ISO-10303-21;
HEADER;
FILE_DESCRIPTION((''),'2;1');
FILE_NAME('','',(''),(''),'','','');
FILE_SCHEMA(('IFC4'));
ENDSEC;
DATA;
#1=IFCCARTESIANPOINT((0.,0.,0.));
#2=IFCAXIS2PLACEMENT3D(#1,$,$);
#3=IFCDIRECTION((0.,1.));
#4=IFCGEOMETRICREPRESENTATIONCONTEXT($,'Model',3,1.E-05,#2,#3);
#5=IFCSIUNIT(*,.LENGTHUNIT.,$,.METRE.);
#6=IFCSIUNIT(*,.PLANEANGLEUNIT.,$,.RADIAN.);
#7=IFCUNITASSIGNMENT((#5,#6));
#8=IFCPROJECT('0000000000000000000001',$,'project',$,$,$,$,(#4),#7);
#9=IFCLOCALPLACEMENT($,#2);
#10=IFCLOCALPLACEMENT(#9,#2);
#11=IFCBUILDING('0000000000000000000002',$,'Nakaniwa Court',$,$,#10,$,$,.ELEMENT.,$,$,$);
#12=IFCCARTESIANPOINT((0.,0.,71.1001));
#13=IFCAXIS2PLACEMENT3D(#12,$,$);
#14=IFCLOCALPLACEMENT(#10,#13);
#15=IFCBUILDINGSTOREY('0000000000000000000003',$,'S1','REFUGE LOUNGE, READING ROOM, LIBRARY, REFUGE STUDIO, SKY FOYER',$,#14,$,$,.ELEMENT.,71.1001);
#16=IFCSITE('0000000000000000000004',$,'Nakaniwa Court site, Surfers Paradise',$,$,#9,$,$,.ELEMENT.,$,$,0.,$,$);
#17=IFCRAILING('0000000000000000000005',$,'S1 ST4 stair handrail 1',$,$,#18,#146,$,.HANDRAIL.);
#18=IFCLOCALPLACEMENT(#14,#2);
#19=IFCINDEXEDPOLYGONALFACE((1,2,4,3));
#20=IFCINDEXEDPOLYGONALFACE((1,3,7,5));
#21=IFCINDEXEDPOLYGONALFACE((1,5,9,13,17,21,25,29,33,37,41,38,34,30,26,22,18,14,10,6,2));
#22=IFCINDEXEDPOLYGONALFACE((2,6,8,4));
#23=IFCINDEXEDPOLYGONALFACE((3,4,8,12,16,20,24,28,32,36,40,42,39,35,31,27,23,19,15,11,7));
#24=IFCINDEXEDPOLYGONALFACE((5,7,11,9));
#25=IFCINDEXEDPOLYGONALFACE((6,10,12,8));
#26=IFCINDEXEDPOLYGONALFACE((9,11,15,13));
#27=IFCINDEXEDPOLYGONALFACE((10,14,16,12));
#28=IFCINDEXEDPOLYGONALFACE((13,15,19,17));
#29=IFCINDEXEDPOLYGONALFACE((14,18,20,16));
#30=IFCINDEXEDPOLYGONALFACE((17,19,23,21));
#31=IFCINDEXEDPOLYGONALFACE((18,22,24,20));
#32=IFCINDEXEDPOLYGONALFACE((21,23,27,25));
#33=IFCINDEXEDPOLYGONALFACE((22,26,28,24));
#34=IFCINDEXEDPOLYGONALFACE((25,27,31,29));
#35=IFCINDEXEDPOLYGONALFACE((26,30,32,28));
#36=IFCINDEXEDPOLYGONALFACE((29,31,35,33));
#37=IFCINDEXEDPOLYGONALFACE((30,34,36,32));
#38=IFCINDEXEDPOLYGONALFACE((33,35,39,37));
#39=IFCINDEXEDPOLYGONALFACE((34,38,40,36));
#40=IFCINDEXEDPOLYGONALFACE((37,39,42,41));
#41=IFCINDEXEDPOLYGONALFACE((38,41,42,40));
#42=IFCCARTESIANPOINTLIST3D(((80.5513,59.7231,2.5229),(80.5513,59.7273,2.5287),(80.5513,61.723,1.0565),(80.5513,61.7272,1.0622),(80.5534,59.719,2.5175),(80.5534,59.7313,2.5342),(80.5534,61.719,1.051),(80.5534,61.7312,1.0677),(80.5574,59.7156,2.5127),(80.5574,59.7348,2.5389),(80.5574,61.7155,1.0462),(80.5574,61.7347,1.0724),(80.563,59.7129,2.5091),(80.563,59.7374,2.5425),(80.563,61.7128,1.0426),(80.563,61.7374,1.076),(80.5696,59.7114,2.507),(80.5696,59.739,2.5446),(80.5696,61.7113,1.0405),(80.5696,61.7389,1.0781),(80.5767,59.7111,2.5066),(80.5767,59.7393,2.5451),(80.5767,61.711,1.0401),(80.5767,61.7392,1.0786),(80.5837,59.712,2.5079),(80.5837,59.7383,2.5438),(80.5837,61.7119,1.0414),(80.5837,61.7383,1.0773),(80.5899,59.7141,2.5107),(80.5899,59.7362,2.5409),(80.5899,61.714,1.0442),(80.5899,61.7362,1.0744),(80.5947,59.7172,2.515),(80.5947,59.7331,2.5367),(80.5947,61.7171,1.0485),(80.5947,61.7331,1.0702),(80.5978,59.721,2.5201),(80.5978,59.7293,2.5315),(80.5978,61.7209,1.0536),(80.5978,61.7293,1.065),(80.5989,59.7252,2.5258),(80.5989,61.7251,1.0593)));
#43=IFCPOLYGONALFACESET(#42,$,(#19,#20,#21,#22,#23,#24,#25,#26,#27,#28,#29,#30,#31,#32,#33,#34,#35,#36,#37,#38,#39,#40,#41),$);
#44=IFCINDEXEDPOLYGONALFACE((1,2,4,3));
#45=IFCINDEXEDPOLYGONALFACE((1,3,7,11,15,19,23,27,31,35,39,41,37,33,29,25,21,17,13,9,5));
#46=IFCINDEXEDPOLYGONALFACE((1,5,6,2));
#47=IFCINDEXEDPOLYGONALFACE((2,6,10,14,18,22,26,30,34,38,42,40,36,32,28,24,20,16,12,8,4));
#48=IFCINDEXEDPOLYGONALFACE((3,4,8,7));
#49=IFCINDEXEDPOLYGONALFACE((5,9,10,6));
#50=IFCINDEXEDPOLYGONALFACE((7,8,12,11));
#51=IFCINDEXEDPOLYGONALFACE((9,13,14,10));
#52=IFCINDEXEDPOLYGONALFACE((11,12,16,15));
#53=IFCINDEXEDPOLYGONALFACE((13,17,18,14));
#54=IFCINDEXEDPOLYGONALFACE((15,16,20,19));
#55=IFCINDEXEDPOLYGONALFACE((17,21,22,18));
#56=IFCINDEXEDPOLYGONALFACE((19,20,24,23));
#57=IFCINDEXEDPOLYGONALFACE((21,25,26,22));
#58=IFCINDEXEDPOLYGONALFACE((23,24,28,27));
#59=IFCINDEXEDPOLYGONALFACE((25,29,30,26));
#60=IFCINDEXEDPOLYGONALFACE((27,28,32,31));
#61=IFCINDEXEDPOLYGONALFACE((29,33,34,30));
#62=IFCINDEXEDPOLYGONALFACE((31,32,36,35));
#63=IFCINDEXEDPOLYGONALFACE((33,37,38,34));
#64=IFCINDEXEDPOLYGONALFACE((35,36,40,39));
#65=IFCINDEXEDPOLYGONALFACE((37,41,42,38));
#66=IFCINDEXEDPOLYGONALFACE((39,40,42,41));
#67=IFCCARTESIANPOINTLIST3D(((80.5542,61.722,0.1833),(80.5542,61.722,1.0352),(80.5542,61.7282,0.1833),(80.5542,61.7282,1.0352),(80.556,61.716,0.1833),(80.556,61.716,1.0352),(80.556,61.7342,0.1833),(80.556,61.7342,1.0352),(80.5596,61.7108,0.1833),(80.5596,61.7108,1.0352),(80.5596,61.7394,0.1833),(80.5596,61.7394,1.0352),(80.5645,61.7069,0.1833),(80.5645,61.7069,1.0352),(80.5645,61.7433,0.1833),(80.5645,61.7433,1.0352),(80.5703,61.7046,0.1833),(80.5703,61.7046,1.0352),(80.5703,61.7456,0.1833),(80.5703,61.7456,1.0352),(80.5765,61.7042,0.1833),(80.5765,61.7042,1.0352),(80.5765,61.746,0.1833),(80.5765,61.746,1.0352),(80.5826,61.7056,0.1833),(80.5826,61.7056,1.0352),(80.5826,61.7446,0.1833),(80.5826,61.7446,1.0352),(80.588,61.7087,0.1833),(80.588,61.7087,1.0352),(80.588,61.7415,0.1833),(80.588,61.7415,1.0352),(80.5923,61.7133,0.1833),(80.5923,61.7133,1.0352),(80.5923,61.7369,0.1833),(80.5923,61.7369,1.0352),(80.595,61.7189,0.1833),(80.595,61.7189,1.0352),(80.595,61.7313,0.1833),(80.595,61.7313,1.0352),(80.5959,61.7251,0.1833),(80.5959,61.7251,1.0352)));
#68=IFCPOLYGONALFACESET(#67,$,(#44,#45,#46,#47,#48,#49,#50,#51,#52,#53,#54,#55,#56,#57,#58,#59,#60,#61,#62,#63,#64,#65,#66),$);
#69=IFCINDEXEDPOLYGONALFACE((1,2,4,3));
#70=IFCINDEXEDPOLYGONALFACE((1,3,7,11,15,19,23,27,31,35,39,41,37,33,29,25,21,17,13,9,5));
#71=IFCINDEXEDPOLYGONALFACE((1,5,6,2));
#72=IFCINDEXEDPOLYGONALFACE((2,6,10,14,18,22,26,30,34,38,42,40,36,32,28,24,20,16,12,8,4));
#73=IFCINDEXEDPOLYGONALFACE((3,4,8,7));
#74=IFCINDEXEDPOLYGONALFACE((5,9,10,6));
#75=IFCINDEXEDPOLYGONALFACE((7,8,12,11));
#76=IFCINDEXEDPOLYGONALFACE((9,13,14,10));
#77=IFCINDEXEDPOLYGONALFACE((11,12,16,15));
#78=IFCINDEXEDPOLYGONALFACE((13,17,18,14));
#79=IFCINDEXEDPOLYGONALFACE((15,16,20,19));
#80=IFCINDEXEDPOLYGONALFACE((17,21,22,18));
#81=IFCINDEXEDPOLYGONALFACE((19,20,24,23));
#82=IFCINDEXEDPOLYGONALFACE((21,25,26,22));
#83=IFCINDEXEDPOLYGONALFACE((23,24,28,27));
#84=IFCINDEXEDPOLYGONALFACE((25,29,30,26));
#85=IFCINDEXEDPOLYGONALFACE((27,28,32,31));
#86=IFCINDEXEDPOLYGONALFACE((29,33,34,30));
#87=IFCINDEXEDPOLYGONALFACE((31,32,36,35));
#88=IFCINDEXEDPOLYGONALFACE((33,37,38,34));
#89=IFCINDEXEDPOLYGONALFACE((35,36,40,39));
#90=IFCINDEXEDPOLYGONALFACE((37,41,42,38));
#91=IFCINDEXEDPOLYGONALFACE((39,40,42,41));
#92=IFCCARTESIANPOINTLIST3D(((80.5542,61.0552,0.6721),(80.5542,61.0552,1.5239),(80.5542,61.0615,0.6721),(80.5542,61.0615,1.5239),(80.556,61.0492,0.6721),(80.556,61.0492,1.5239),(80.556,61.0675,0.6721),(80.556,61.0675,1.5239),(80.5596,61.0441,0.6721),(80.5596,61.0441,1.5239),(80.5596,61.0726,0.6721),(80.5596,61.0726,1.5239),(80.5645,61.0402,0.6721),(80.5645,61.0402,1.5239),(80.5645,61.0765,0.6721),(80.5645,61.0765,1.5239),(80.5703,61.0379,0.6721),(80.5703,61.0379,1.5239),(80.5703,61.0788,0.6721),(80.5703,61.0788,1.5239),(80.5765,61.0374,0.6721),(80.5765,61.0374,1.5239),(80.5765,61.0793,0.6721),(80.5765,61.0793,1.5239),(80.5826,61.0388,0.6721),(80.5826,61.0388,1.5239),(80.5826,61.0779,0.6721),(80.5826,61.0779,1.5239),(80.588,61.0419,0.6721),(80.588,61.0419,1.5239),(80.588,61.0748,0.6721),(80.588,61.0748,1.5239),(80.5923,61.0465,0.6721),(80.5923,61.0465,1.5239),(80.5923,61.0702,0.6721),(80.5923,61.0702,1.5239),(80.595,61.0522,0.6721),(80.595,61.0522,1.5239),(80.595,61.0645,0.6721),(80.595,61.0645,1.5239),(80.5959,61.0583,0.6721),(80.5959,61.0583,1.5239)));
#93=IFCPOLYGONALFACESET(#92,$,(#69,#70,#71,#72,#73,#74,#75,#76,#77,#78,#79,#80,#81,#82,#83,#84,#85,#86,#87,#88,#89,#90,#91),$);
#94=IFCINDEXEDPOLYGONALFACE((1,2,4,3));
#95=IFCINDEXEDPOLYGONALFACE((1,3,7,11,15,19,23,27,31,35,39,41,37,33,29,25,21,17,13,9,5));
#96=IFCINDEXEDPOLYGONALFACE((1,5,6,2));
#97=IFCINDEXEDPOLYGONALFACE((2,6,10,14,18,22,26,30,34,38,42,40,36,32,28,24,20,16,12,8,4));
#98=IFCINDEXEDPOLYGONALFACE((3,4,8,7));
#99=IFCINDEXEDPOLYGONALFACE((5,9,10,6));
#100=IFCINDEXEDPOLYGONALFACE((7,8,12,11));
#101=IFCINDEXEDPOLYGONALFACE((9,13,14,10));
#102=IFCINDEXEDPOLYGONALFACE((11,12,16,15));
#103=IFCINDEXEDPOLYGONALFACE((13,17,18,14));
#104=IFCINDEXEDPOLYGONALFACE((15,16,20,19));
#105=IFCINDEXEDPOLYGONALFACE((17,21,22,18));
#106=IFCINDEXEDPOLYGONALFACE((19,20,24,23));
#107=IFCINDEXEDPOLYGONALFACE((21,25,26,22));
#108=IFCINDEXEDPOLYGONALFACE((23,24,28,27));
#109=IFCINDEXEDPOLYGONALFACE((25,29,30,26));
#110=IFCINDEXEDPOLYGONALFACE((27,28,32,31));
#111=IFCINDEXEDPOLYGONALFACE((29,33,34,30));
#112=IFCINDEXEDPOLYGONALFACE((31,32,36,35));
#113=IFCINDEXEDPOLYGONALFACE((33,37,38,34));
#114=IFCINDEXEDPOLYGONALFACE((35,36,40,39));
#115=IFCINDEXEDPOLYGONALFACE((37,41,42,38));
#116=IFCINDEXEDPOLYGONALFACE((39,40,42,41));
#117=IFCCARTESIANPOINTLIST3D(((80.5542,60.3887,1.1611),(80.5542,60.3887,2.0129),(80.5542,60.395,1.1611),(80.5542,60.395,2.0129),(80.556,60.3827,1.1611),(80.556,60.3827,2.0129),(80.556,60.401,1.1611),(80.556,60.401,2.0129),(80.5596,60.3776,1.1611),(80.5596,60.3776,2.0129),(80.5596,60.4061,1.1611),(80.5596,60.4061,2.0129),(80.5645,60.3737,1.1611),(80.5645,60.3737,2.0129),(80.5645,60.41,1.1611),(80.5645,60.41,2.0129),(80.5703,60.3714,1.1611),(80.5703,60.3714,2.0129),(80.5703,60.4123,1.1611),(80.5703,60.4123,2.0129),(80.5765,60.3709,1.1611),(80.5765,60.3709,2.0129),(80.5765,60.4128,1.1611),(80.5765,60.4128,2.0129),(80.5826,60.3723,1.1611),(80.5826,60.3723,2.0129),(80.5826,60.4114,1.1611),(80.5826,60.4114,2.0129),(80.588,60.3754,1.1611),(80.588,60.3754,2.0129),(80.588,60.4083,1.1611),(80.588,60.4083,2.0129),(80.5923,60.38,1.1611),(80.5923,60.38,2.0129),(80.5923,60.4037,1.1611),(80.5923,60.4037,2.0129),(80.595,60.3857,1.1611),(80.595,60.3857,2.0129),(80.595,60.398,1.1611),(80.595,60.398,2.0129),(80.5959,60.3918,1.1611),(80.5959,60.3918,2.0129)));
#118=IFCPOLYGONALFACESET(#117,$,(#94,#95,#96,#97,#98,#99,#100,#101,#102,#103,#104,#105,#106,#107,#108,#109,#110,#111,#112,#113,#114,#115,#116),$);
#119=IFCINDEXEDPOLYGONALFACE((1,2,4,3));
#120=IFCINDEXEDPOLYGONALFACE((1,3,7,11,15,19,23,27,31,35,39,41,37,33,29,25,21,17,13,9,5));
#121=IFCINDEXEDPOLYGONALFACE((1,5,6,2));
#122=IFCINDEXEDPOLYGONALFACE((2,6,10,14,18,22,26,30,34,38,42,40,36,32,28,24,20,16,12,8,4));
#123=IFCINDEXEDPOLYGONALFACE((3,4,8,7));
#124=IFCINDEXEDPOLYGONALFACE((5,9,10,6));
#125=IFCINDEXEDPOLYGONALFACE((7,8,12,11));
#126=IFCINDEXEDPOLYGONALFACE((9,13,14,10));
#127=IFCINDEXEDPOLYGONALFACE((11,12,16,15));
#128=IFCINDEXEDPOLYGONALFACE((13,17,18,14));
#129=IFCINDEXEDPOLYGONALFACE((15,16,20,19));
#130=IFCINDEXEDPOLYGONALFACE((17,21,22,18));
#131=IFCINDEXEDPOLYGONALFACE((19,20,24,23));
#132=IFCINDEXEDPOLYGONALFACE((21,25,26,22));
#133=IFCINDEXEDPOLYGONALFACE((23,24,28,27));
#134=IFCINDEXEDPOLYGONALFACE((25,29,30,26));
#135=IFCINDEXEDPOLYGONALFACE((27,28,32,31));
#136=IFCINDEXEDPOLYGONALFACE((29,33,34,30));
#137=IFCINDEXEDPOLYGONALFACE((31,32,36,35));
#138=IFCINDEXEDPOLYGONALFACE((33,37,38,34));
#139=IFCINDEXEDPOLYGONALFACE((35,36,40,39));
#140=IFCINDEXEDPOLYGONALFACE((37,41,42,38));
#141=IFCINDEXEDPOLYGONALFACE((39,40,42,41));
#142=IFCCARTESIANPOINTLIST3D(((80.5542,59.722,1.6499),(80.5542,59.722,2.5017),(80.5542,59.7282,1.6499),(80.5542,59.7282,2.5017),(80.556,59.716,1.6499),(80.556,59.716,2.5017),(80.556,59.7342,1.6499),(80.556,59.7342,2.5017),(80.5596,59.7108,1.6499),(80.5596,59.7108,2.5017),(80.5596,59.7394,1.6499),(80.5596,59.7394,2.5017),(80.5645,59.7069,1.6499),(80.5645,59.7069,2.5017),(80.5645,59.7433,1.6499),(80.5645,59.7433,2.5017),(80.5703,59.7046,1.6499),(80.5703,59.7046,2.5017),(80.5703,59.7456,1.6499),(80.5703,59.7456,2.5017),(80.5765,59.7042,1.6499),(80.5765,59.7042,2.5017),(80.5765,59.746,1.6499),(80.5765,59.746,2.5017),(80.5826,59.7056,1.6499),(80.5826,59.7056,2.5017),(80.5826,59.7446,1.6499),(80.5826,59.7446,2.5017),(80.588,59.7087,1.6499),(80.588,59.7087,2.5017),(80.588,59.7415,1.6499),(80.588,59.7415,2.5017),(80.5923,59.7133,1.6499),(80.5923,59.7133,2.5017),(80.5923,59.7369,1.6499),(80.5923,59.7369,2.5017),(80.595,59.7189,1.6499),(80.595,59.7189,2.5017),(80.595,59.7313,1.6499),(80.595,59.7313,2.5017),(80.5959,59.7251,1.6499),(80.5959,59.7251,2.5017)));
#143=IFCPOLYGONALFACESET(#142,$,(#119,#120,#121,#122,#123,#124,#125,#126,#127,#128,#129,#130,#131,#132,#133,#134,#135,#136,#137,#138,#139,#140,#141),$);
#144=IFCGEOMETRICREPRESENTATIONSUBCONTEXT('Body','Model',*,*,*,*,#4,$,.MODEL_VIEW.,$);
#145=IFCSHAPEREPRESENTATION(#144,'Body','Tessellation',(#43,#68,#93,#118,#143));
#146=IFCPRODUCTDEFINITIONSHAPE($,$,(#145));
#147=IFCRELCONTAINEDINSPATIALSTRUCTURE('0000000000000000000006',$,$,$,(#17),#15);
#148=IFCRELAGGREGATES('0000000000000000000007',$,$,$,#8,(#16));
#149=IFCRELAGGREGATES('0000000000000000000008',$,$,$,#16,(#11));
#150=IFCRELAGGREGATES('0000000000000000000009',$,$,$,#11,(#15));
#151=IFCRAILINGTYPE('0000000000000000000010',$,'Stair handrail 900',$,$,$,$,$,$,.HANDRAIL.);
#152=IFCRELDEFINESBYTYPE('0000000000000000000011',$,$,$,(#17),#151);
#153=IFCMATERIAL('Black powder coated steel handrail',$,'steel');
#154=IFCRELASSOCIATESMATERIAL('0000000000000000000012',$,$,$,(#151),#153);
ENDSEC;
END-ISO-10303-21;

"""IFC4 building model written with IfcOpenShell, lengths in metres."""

from ifc_helpers import new_model, si_unit, direction, frame, origin, origin_2d, place, context, subcontext, project, spatial, circle, extrude, material, type_object, element, save


model = new_model("IFC4")

# Units and contexts
model_context = context("Model", 3, precision=1e-05, world=origin(), true_north=direction((0.0, 1.0)))
body_context = subcontext(model_context, "Body", "Model", "MODEL_VIEW")
ifc_project = project(units=[si_unit("LENGTHUNIT", "METRE"), si_unit("PLANEANGLEUNIT", "RADIAN")], contexts=[model_context])

# Site, building, storey
site_placement = place(None, origin())
site = spatial("IfcSite", under=ifc_project, at=site_placement, Name="Nakaniwa Court site, Surfers Paradise", CompositionType="ELEMENT", RefElevation=0.0)
building_placement = place(site_placement, origin())
building = spatial("IfcBuilding", under=site, at=building_placement, Name="Nakaniwa Court", CompositionType="ELEMENT")
storey_placement = place(building_placement, frame((0.0, 0.0, 71.1001)))
storey = spatial("IfcBuildingStorey", under=building, at=storey_placement, Name="S1", Description="REFUGE LOUNGE, READING ROOM, LIBRARY, REFUGE STUDIO, SKY FOYER", CompositionType="ELEMENT", Elevation=71.1001)

# Railing
ifc_material_1 = material(Name="Black powder coated steel handrail", Category="steel")
railing_type_1 = type_object("IfcRailingType", Name="Stair handrail 900", PredefinedType="HANDRAIL", material=ifc_material_1)
railing_1_placement = place(storey_placement, frame((80.575, 61.7251, 0.1833)))
element("IfcRailing", 1, at=railing_1_placement, inside=storey, type_object=railing_type_1, Name="S1 ST4 stair handrail 1", PredefinedType="HANDRAIL", context=body_context, shape_type="SweptSolid", body=[
    extrude(circle(Radius=0.0239, at=origin_2d()), frame((0.0, 0.0, 0.876), z_axis=(0.0, -0.806427, 0.591334), x_axis=(1.0, 0.0, 0.0)), (0.0, 0.0, 1.0), 2.48),
    extrude(circle(Radius=0.021, at=origin_2d()), origin(), (0.0, 0.0, 1.0), 0.8518),
    extrude(circle(Radius=0.021, at=origin_2d()), frame((0.0, -0.6667, 0.4888)), (0.0, 0.0, 1.0), 0.8518),
    extrude(circle(Radius=0.021, at=origin_2d()), frame((0.0, -1.3333, 0.9778)), (0.0, 0.0, 1.0), 0.8518),
    extrude(circle(Radius=0.021, at=origin_2d()), frame((0.0, -2.0, 1.4666)), (0.0, 0.0, 1.0), 0.8518),
])

save(model, "model.ifc")
